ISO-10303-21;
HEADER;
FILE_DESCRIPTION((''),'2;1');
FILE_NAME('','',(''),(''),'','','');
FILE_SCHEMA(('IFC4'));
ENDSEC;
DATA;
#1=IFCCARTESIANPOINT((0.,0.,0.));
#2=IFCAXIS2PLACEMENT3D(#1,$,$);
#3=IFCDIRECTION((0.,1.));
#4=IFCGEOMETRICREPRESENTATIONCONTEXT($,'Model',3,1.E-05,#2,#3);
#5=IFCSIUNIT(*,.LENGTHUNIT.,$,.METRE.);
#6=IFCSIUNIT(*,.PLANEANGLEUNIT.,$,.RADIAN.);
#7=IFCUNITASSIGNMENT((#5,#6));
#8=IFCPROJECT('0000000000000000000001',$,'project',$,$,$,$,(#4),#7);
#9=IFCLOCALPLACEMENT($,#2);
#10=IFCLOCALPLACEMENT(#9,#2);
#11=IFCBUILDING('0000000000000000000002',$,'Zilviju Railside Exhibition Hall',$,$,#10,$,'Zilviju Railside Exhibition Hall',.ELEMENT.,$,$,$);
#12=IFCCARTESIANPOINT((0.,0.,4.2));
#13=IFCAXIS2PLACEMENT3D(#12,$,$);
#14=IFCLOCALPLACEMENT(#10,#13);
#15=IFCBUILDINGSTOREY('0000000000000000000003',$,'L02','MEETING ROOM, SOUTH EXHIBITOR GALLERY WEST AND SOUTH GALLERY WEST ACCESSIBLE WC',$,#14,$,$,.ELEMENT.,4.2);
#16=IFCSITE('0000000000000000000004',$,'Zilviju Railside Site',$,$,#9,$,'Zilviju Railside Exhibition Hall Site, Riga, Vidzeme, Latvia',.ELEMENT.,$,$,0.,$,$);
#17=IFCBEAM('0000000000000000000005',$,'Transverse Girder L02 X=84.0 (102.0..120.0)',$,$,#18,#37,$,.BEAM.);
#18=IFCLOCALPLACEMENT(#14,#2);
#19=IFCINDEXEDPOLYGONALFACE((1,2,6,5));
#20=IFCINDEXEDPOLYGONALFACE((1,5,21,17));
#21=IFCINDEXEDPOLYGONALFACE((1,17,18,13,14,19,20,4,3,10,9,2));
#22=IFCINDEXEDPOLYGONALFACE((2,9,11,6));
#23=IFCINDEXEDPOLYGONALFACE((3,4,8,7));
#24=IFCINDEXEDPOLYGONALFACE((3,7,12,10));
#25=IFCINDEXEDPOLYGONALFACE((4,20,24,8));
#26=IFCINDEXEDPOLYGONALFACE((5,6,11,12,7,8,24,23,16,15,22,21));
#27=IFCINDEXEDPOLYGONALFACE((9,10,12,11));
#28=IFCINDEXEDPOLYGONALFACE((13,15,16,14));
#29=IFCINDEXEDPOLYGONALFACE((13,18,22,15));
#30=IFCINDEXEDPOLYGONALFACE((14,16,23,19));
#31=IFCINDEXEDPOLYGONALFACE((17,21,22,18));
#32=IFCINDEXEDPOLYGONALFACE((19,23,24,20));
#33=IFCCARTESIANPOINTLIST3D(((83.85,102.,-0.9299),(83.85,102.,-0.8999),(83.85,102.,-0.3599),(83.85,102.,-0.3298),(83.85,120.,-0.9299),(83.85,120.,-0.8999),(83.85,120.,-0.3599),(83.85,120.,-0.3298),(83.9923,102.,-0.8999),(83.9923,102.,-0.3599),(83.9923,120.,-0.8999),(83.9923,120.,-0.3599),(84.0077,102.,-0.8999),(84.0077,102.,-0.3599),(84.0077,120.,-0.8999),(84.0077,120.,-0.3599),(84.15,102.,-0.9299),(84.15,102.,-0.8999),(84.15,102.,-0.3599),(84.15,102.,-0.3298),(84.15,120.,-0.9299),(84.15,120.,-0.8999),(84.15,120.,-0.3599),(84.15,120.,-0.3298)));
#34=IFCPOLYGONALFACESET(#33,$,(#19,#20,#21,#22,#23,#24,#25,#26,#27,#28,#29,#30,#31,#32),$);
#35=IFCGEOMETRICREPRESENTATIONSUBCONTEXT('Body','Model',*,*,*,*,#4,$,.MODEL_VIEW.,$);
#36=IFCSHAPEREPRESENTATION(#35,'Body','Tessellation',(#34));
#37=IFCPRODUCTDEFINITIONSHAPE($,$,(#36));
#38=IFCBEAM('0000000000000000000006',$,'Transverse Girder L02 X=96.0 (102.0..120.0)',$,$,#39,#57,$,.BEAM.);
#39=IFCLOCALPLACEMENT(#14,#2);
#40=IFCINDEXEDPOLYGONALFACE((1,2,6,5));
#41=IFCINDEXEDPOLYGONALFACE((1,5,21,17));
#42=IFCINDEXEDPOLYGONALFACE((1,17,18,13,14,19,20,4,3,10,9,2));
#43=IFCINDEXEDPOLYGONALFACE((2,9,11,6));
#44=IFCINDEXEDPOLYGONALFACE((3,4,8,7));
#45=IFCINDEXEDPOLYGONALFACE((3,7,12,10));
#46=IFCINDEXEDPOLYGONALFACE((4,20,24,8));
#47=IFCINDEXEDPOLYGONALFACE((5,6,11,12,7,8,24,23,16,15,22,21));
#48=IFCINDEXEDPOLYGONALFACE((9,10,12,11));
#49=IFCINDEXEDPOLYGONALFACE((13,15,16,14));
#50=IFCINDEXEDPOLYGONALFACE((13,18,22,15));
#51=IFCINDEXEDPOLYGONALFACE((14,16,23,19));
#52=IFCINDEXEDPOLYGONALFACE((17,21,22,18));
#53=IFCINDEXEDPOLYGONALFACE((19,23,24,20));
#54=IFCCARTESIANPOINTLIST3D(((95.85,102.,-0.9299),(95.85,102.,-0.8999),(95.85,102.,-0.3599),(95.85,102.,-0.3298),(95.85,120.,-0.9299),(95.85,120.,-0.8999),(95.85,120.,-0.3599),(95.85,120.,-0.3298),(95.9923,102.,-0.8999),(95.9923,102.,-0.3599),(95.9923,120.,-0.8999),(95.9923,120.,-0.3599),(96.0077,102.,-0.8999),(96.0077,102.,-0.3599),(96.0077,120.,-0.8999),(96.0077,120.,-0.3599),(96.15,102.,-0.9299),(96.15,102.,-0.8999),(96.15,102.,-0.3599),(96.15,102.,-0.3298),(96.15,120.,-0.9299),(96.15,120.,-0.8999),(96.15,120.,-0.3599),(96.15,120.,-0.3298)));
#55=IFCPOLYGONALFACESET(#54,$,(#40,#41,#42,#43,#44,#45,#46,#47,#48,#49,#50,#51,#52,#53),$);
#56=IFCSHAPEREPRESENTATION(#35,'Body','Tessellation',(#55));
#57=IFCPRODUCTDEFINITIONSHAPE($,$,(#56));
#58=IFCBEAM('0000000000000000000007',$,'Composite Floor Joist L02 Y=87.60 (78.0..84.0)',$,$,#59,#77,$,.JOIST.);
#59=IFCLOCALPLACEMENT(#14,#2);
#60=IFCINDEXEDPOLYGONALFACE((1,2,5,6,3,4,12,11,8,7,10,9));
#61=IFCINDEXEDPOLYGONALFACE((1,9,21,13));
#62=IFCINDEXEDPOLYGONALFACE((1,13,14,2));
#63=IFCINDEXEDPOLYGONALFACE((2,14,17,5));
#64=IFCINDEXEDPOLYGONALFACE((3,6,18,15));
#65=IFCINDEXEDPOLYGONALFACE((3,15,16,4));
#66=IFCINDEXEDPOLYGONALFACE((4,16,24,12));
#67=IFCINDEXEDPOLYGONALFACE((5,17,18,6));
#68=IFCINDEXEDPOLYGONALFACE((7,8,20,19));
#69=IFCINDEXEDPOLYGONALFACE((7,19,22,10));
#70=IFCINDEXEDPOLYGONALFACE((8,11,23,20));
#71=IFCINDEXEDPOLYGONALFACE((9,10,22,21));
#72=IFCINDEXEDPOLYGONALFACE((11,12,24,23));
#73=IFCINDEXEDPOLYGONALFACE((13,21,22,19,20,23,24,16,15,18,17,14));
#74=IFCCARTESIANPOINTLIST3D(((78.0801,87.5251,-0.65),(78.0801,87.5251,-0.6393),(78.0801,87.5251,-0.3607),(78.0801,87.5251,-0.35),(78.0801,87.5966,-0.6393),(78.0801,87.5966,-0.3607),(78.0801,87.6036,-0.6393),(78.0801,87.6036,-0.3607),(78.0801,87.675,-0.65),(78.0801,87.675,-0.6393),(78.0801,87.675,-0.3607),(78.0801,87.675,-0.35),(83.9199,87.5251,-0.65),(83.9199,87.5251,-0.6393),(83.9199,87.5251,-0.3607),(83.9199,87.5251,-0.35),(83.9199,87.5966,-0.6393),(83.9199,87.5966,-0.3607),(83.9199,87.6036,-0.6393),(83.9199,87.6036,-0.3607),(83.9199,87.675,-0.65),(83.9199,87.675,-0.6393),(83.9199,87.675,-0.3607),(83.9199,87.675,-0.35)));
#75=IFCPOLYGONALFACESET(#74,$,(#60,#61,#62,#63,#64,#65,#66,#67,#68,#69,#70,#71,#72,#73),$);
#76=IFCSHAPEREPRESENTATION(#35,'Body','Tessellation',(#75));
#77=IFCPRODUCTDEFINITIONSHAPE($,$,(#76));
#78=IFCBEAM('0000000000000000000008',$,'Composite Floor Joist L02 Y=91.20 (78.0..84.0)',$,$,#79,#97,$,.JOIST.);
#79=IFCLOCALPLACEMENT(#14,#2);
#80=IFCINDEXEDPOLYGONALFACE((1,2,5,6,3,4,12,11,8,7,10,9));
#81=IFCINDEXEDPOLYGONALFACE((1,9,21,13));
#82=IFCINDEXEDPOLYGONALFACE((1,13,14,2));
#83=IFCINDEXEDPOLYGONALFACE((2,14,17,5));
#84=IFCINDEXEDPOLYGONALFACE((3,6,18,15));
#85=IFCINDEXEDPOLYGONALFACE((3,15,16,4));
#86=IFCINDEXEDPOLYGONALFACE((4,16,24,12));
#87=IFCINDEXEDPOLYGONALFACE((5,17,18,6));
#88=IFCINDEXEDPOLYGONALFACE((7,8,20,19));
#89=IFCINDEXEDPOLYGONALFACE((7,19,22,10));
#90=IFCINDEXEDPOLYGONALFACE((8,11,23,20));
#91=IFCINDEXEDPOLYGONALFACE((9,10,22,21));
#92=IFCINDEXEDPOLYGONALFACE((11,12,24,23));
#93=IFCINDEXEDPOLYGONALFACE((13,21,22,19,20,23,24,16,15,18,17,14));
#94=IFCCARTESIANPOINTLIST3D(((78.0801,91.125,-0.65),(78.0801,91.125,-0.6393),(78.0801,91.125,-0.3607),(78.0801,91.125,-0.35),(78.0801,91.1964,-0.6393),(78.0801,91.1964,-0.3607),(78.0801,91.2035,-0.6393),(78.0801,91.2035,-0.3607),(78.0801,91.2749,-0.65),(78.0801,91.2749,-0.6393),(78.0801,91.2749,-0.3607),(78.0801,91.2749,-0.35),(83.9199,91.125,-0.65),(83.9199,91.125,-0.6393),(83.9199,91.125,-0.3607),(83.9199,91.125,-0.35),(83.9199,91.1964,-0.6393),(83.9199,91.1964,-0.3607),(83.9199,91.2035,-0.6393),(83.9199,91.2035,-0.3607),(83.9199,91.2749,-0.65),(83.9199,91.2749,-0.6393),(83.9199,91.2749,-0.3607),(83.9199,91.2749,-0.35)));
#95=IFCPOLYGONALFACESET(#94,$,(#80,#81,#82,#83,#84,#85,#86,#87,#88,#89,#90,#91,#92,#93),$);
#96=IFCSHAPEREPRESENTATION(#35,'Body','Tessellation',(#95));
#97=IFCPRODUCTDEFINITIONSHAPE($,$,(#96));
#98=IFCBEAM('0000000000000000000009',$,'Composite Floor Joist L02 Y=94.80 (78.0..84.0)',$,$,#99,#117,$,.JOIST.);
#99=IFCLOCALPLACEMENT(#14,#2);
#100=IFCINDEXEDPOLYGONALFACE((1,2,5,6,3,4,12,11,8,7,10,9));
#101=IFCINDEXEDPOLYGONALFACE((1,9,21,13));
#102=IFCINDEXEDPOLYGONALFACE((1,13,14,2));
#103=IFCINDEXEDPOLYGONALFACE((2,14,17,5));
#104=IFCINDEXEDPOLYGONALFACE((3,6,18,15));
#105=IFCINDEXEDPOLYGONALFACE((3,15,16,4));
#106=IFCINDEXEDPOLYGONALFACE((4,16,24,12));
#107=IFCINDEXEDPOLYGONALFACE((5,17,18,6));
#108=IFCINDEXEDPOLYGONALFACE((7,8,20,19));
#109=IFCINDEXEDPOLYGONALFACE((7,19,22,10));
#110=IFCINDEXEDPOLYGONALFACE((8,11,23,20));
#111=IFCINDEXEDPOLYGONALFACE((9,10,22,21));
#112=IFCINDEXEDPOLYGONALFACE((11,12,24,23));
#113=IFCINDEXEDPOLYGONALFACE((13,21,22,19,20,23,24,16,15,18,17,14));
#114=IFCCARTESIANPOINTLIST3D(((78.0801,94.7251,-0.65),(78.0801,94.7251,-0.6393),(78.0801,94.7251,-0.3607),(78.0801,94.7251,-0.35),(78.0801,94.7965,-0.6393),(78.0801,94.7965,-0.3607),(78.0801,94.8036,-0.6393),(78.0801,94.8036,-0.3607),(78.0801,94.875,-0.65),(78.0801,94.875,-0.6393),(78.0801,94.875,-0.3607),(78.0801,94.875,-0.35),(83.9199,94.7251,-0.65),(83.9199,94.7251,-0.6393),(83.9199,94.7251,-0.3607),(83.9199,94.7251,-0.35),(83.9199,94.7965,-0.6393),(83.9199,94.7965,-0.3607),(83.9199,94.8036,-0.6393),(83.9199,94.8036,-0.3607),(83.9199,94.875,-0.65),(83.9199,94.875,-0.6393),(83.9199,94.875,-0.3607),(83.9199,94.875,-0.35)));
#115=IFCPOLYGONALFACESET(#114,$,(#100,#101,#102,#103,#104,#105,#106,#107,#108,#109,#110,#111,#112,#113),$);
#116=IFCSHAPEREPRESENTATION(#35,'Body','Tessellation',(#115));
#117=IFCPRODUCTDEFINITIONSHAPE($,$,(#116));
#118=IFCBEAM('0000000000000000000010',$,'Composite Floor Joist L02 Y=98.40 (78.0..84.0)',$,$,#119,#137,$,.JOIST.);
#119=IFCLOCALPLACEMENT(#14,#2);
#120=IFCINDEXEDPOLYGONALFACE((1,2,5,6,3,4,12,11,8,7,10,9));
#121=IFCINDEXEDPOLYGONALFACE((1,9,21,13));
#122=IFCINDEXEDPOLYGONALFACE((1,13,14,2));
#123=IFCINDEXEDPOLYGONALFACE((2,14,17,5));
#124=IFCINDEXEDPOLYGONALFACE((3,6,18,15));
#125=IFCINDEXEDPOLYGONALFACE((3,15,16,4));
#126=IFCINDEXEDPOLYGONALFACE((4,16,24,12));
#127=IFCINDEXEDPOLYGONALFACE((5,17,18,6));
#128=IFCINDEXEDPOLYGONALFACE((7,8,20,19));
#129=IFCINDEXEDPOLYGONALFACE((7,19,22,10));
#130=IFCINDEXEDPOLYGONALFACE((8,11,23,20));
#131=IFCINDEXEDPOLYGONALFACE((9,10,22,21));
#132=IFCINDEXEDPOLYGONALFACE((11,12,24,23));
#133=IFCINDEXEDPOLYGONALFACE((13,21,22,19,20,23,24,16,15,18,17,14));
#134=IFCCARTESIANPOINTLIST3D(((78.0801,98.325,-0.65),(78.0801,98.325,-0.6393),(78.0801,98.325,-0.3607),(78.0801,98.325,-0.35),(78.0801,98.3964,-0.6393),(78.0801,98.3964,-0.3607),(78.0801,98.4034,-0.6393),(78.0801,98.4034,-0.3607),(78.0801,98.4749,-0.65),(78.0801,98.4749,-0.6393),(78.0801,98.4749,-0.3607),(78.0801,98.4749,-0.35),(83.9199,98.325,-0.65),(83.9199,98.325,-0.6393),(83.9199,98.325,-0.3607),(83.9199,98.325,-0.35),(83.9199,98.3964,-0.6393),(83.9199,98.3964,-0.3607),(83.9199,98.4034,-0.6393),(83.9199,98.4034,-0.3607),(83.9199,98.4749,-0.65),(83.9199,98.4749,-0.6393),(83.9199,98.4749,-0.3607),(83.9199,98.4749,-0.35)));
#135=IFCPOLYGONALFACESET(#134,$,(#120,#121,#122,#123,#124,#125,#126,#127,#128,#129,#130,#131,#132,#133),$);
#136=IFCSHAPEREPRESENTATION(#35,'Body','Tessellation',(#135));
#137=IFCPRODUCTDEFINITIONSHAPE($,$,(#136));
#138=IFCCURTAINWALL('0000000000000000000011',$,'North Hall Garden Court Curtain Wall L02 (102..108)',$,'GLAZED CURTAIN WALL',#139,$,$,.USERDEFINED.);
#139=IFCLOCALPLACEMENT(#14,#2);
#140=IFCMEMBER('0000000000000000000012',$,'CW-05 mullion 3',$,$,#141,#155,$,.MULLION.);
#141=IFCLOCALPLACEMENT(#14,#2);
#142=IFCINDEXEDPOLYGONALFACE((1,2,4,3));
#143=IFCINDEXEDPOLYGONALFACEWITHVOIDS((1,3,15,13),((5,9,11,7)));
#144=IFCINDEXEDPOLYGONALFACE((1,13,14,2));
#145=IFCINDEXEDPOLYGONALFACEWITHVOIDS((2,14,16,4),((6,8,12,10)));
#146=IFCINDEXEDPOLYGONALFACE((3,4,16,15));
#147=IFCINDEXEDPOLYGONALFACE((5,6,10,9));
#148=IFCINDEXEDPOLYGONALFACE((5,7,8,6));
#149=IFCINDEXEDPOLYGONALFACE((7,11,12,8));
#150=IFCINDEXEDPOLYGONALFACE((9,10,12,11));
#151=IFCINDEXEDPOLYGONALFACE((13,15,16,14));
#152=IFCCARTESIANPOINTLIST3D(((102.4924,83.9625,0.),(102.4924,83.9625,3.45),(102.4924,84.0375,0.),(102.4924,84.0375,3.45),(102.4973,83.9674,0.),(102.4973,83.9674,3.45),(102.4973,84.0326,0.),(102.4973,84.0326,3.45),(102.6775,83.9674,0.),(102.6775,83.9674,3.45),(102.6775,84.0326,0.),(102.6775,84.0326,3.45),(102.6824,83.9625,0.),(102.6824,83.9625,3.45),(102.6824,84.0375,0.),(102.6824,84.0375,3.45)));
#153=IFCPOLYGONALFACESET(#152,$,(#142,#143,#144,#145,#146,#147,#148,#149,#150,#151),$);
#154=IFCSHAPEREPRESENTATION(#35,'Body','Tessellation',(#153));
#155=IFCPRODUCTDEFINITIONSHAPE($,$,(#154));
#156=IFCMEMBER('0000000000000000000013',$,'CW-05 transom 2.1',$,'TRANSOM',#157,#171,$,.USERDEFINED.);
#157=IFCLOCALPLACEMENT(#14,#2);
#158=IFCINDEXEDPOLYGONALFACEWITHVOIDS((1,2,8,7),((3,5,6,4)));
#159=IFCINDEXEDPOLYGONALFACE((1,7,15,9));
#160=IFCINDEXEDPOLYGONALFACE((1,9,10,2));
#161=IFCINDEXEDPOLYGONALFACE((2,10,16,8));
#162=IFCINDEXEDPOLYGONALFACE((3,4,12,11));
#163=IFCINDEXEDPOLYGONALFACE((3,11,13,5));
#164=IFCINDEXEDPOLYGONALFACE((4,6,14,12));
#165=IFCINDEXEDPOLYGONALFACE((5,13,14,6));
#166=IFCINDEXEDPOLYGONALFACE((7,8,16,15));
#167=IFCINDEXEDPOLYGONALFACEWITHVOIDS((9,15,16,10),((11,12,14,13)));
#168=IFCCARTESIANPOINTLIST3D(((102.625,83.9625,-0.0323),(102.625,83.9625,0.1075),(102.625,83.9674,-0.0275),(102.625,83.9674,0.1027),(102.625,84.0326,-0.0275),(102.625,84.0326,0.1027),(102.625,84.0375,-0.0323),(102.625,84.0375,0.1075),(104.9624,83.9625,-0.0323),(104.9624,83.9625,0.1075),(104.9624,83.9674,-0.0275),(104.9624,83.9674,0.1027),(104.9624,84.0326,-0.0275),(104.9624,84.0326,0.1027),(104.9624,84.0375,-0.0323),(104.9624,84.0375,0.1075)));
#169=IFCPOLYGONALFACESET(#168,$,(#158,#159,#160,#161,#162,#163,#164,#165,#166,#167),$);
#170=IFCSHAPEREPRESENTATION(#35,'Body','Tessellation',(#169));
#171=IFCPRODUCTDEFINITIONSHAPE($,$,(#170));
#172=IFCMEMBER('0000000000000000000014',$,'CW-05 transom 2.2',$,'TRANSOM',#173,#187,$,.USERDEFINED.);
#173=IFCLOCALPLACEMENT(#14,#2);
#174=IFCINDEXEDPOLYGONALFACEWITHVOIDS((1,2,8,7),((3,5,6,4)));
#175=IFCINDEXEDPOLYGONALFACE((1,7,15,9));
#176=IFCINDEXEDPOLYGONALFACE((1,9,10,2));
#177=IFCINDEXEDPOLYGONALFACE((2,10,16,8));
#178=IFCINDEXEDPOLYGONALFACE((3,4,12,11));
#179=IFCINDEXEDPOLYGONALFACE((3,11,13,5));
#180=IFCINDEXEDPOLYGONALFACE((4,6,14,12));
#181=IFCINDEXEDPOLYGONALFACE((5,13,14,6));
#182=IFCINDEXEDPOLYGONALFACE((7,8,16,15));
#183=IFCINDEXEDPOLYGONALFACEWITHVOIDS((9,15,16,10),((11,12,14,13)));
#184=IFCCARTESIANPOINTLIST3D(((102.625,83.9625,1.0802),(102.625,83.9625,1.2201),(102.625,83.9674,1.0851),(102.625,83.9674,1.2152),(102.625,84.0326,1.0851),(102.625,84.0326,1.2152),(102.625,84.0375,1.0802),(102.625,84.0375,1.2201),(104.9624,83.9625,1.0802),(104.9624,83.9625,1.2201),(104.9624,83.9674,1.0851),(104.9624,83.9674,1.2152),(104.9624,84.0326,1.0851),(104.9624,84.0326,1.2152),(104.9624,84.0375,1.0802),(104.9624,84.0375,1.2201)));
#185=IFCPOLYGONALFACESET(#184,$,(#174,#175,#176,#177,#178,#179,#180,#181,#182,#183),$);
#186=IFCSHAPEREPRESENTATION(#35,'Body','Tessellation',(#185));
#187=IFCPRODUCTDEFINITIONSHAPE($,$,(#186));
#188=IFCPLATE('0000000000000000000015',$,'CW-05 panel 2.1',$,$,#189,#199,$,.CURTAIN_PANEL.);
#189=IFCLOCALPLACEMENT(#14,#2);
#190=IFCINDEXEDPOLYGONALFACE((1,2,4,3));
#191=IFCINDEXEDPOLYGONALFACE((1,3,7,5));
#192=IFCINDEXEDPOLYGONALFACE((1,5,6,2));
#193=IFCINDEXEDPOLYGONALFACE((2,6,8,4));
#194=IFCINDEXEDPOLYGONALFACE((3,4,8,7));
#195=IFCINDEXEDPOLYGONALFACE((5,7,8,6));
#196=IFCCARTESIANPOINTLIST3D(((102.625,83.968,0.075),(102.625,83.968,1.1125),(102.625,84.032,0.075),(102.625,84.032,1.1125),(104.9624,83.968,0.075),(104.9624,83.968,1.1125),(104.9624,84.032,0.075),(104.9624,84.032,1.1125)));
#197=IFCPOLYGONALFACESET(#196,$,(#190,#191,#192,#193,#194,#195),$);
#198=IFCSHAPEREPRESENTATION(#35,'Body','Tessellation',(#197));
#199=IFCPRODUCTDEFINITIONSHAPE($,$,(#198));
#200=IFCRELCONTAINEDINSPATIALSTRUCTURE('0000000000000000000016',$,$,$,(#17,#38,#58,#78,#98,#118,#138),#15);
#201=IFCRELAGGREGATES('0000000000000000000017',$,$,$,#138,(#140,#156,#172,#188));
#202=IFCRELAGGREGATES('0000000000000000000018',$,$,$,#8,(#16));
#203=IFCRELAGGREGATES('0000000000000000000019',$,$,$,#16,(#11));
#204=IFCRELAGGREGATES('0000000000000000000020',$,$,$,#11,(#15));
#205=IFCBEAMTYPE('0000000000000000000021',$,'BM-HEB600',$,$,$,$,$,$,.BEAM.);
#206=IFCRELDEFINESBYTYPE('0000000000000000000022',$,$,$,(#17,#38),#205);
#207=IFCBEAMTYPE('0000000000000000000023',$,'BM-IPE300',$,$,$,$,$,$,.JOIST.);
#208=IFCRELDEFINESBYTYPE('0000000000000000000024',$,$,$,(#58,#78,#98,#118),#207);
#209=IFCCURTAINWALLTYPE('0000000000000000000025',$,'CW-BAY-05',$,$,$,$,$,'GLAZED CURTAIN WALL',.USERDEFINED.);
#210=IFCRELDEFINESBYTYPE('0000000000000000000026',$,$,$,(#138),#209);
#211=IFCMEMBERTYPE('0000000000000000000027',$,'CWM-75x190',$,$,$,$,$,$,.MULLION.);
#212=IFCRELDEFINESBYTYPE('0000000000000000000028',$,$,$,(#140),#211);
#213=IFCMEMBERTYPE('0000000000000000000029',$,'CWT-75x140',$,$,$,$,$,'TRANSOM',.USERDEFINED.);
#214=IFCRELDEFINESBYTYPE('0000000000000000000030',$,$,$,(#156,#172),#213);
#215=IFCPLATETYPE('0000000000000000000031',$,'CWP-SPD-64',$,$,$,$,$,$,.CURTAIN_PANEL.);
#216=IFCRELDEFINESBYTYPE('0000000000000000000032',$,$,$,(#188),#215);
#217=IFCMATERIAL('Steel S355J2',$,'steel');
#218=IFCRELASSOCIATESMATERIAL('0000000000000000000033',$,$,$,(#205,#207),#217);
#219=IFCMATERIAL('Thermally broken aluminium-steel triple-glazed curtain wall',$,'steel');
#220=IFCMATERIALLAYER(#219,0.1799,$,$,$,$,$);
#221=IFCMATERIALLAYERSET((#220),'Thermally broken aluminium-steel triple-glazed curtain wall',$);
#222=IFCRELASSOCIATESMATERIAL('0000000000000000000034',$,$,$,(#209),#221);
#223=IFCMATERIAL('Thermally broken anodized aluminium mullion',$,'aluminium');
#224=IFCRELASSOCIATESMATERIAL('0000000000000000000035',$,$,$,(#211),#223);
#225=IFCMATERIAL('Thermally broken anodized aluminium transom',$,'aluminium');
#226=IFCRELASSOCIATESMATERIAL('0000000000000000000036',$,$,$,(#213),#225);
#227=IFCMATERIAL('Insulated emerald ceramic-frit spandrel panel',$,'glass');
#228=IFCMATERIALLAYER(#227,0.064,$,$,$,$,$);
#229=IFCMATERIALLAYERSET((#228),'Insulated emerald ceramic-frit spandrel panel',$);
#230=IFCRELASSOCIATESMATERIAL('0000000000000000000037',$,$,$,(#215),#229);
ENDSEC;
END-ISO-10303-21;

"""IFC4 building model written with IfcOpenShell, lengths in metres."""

from ifc_helpers import new_model, si_unit, direction, frame, origin, origin_2d, place, context, subcontext, project, spatial, rectangle, hollow_rectangle, i_section, extrude, material, layer, layer_set, material_profile, profile_set, type_object, element, aggregate, save


model = new_model("IFC4")

# Units and contexts
model_context = context("Model", 3, precision=1e-05, world=origin(), true_north=direction((0.0, 1.0)))
body_context = subcontext(model_context, "Body", "Model", "MODEL_VIEW")
ifc_project = project(units=[si_unit("LENGTHUNIT", "METRE"), si_unit("PLANEANGLEUNIT", "RADIAN")], contexts=[model_context])

# Site, building, storey
site_placement = place(None, origin())
site = spatial("IfcSite", under=ifc_project, at=site_placement, Name="Zilviju Railside Site", LongName="Zilviju Railside Exhibition Hall Site, Riga, Vidzeme, Latvia", CompositionType="ELEMENT", RefElevation=0.0)
building_placement = place(site_placement, origin())
building = spatial("IfcBuilding", under=site, at=building_placement, Name="Zilviju Railside Exhibition Hall", LongName="Zilviju Railside Exhibition Hall", CompositionType="ELEMENT")
storey_placement = place(building_placement, frame((0.0, 0.0, 4.2)))
storey = spatial("IfcBuildingStorey", under=building, at=storey_placement, Name="L02", Description="MEETING ROOM, SOUTH EXHIBITOR GALLERY WEST AND SOUTH GALLERY WEST ACCESSIBLE WC", CompositionType="ELEMENT", Elevation=4.2)

# Shared definitions
ifc_material_1 = material(Name="Steel S355J2", Category="steel")

# Beams
ifc_material_profile_1 = material_profile(ifc_material_1, i_section(OverallWidth=0.3, OverallDepth=0.6001, WebThickness=0.0154, FlangeThickness=0.03, at=origin_2d()), Name="HEB 600")
ifc_profile_set_1 = profile_set([ifc_material_profile_1], Name="Steel S355J2")
beam_type_1 = type_object("IfcBeamType", Name="BM-HEB600", PredefinedType="BEAM", material=ifc_profile_set_1)
for number, where, z_axis, x_axis, name in (
    (1, (84.0, 102.0, -0.6299), (0.0, 1.0, 0.0), (-1.0, 0.0, 0.0), "Transverse Girder L02 X=84.0 (102.0..120.0)"),
    (2, (96.0, 102.0, -0.6299), (0.0, 1.0, 0.0), (-1.0, 0.0, 0.0), "Transverse Girder L02 X=96.0 (102.0..120.0)"),
):
    element("IfcBeam", number, at=place(storey_placement, frame(where, z_axis=z_axis, x_axis=x_axis)), inside=storey, type_object=beam_type_1, Name=name, PredefinedType="BEAM", context=body_context, shape_type="SweptSolid", body=[
        extrude(i_section(OverallWidth=0.3, OverallDepth=0.6001, WebThickness=0.0154, FlangeThickness=0.03, at=origin_2d()), origin(), (0.0, 0.0, 1.0), 18.0),
    ])
ifc_material_profile_2 = material_profile(ifc_material_1, i_section(OverallWidth=0.1499, OverallDepth=0.3, WebThickness=0.0071, FlangeThickness=0.0107, at=origin_2d()), Name="IPE 300")
ifc_profile_set_2 = profile_set([ifc_material_profile_2], Name="Steel S355J2")
beam_type_2 = type_object("IfcBeamType", Name="BM-IPE300", PredefinedType="JOIST", material=ifc_profile_set_2)
for number, where, z_axis, x_axis, name in (
    (3, (78.0801, 87.6001, -0.5), (1.0, 0.0, 0.0), (0.0, 1.0, 0.0), "Composite Floor Joist L02 Y=87.60 (78.0..84.0)"),
    (4, (78.0801, 91.2, -0.5), (1.0, 0.0, 0.0), (0.0, 1.0, 0.0), "Composite Floor Joist L02 Y=91.20 (78.0..84.0)"),
    (5, (78.0801, 94.8, -0.5), (1.0, 0.0, 0.0), (0.0, 1.0, 0.0), "Composite Floor Joist L02 Y=94.80 (78.0..84.0)"),
    (6, (78.0801, 98.3999, -0.5), (1.0, 0.0, 0.0), (0.0, 1.0, 0.0), "Composite Floor Joist L02 Y=98.40 (78.0..84.0)"),
):
    element("IfcBeam", number, at=place(storey_placement, frame(where, z_axis=z_axis, x_axis=x_axis)), inside=storey, type_object=beam_type_2, Name=name, PredefinedType="JOIST", context=body_context, shape_type="SweptSolid", body=[
        extrude(i_section(OverallWidth=0.1499, OverallDepth=0.3, WebThickness=0.0071, FlangeThickness=0.0107, at=origin_2d()), origin(), (0.0, 0.0, 1.0), 5.8398),
    ])

# Curtain wall, members, plate
ifc_material_2 = material(Name="Thermally broken aluminium-steel triple-glazed curtain wall", Category="steel")
ifc_layer_1 = layer(ifc_material_2, 0.1799)
ifc_layer_set_1 = layer_set([ifc_layer_1], Name="Thermally broken aluminium-steel triple-glazed curtain wall")
curtain_wall_type = type_object("IfcCurtainWallType", Name="CW-BAY-05", ElementType="GLAZED CURTAIN WALL", PredefinedType="USERDEFINED", material=ifc_layer_set_1)
curtain_wall_placement = place(storey_placement, origin())
curtain_wall = element("IfcCurtainWall", 7, at=curtain_wall_placement, inside=storey, type_object=curtain_wall_type, Name="North Hall Garden Court Curtain Wall L02 (102..108)", ObjectType="GLAZED CURTAIN WALL", PredefinedType="USERDEFINED")
ifc_material_3 = material(Name="Thermally broken anodized aluminium mullion", Category="aluminium")
ifc_material_profile_3 = material_profile(ifc_material_3, hollow_rectangle(XDim=0.075, YDim=0.1899, WallThickness=0.0049, at=origin_2d()), Name="MULLION 190x75x5")
ifc_profile_set_3 = profile_set([ifc_material_profile_3], Name="Thermally broken anodized aluminium mullion")
member_type_1 = type_object("IfcMemberType", Name="CWM-75x190", PredefinedType="MULLION", material=ifc_profile_set_3)
member_1_placement = place(storey_placement, frame((102.5874, 84.0, 0.0), z_axis=(0.0, 0.0, 1.0), x_axis=(0.0, -1.0, 0.0)))
member_1 = element("IfcMember", 8, at=member_1_placement, type_object=member_type_1, Name="CW-05 mullion 3", PredefinedType="MULLION", context=body_context, shape_type="SweptSolid", body=[
    extrude(hollow_rectangle(XDim=0.075, YDim=0.1899, WallThickness=0.0049, at=origin_2d()), origin(), (0.0, 0.0, 1.0), 3.45),
])
ifc_material_4 = material(Name="Thermally broken anodized aluminium transom", Category="aluminium")
ifc_material_profile_4 = material_profile(ifc_material_4, hollow_rectangle(XDim=0.075, YDim=0.1399, WallThickness=0.0049, at=origin_2d()), Name="TRANSOM 140x75x5")
ifc_profile_set_4 = profile_set([ifc_material_profile_4], Name="Thermally broken anodized aluminium transom")
member_type_2 = type_object("IfcMemberType", Name="CWT-75x140", ElementType="TRANSOM", PredefinedType="USERDEFINED", material=ifc_profile_set_4)
member_2_placement = place(storey_placement, frame((104.9624, 84.0, 0.0376), z_axis=(-1.0, 0.0, 0.0), x_axis=(0.0, -1.0, 0.0)))
member_2 = element("IfcMember", 9, at=member_2_placement, type_object=member_type_2, Name="CW-05 transom 2.1", ObjectType="TRANSOM", PredefinedType="USERDEFINED", context=body_context, shape_type="SweptSolid", body=[
    extrude(hollow_rectangle(XDim=0.075, YDim=0.1399, WallThickness=0.0049, at=origin_2d()), origin(), (0.0, 0.0, 1.0), 2.3374),
])
member_3_placement = place(storey_placement, frame((104.9624, 84.0, 1.1501), z_axis=(-1.0, 0.0, 0.0), x_axis=(0.0, -1.0, 0.0)))
member_3 = element("IfcMember", 10, at=member_3_placement, type_object=member_type_2, Name="CW-05 transom 2.2", ObjectType="TRANSOM", PredefinedType="USERDEFINED", context=body_context, shape_type="SweptSolid", body=[
    extrude(hollow_rectangle(XDim=0.075, YDim=0.1399, WallThickness=0.0049, at=origin_2d()), origin(), (0.0, 0.0, 1.0), 2.3374),
])
ifc_material_5 = material(Name="Insulated emerald ceramic-frit spandrel panel", Category="glass")
ifc_layer_2 = layer(ifc_material_5, 0.064)
ifc_layer_set_2 = layer_set([ifc_layer_2], Name="Insulated emerald ceramic-frit spandrel panel")
plate_type = type_object("IfcPlateType", Name="CWP-SPD-64", PredefinedType="CURTAIN_PANEL", material=ifc_layer_set_2)
plate_1_placement = place(storey_placement, frame((103.7937, 84.0, 0.075), z_axis=(0.0, 0.0, 1.0), x_axis=(-1.0, 0.0, 0.0)))
plate_1 = element("IfcPlate", 11, at=plate_1_placement, type_object=plate_type, Name="CW-05 panel 2.1", PredefinedType="CURTAIN_PANEL", context=body_context, shape_type="SweptSolid", body=[
    extrude(rectangle(XDim=2.3374, YDim=0.064, at=origin_2d()), origin(), (0.0, 0.0, 1.0), 1.0376),
])
aggregate(curtain_wall, [member_1, member_2, member_3, plate_1])

save(model, "model.ifc")
